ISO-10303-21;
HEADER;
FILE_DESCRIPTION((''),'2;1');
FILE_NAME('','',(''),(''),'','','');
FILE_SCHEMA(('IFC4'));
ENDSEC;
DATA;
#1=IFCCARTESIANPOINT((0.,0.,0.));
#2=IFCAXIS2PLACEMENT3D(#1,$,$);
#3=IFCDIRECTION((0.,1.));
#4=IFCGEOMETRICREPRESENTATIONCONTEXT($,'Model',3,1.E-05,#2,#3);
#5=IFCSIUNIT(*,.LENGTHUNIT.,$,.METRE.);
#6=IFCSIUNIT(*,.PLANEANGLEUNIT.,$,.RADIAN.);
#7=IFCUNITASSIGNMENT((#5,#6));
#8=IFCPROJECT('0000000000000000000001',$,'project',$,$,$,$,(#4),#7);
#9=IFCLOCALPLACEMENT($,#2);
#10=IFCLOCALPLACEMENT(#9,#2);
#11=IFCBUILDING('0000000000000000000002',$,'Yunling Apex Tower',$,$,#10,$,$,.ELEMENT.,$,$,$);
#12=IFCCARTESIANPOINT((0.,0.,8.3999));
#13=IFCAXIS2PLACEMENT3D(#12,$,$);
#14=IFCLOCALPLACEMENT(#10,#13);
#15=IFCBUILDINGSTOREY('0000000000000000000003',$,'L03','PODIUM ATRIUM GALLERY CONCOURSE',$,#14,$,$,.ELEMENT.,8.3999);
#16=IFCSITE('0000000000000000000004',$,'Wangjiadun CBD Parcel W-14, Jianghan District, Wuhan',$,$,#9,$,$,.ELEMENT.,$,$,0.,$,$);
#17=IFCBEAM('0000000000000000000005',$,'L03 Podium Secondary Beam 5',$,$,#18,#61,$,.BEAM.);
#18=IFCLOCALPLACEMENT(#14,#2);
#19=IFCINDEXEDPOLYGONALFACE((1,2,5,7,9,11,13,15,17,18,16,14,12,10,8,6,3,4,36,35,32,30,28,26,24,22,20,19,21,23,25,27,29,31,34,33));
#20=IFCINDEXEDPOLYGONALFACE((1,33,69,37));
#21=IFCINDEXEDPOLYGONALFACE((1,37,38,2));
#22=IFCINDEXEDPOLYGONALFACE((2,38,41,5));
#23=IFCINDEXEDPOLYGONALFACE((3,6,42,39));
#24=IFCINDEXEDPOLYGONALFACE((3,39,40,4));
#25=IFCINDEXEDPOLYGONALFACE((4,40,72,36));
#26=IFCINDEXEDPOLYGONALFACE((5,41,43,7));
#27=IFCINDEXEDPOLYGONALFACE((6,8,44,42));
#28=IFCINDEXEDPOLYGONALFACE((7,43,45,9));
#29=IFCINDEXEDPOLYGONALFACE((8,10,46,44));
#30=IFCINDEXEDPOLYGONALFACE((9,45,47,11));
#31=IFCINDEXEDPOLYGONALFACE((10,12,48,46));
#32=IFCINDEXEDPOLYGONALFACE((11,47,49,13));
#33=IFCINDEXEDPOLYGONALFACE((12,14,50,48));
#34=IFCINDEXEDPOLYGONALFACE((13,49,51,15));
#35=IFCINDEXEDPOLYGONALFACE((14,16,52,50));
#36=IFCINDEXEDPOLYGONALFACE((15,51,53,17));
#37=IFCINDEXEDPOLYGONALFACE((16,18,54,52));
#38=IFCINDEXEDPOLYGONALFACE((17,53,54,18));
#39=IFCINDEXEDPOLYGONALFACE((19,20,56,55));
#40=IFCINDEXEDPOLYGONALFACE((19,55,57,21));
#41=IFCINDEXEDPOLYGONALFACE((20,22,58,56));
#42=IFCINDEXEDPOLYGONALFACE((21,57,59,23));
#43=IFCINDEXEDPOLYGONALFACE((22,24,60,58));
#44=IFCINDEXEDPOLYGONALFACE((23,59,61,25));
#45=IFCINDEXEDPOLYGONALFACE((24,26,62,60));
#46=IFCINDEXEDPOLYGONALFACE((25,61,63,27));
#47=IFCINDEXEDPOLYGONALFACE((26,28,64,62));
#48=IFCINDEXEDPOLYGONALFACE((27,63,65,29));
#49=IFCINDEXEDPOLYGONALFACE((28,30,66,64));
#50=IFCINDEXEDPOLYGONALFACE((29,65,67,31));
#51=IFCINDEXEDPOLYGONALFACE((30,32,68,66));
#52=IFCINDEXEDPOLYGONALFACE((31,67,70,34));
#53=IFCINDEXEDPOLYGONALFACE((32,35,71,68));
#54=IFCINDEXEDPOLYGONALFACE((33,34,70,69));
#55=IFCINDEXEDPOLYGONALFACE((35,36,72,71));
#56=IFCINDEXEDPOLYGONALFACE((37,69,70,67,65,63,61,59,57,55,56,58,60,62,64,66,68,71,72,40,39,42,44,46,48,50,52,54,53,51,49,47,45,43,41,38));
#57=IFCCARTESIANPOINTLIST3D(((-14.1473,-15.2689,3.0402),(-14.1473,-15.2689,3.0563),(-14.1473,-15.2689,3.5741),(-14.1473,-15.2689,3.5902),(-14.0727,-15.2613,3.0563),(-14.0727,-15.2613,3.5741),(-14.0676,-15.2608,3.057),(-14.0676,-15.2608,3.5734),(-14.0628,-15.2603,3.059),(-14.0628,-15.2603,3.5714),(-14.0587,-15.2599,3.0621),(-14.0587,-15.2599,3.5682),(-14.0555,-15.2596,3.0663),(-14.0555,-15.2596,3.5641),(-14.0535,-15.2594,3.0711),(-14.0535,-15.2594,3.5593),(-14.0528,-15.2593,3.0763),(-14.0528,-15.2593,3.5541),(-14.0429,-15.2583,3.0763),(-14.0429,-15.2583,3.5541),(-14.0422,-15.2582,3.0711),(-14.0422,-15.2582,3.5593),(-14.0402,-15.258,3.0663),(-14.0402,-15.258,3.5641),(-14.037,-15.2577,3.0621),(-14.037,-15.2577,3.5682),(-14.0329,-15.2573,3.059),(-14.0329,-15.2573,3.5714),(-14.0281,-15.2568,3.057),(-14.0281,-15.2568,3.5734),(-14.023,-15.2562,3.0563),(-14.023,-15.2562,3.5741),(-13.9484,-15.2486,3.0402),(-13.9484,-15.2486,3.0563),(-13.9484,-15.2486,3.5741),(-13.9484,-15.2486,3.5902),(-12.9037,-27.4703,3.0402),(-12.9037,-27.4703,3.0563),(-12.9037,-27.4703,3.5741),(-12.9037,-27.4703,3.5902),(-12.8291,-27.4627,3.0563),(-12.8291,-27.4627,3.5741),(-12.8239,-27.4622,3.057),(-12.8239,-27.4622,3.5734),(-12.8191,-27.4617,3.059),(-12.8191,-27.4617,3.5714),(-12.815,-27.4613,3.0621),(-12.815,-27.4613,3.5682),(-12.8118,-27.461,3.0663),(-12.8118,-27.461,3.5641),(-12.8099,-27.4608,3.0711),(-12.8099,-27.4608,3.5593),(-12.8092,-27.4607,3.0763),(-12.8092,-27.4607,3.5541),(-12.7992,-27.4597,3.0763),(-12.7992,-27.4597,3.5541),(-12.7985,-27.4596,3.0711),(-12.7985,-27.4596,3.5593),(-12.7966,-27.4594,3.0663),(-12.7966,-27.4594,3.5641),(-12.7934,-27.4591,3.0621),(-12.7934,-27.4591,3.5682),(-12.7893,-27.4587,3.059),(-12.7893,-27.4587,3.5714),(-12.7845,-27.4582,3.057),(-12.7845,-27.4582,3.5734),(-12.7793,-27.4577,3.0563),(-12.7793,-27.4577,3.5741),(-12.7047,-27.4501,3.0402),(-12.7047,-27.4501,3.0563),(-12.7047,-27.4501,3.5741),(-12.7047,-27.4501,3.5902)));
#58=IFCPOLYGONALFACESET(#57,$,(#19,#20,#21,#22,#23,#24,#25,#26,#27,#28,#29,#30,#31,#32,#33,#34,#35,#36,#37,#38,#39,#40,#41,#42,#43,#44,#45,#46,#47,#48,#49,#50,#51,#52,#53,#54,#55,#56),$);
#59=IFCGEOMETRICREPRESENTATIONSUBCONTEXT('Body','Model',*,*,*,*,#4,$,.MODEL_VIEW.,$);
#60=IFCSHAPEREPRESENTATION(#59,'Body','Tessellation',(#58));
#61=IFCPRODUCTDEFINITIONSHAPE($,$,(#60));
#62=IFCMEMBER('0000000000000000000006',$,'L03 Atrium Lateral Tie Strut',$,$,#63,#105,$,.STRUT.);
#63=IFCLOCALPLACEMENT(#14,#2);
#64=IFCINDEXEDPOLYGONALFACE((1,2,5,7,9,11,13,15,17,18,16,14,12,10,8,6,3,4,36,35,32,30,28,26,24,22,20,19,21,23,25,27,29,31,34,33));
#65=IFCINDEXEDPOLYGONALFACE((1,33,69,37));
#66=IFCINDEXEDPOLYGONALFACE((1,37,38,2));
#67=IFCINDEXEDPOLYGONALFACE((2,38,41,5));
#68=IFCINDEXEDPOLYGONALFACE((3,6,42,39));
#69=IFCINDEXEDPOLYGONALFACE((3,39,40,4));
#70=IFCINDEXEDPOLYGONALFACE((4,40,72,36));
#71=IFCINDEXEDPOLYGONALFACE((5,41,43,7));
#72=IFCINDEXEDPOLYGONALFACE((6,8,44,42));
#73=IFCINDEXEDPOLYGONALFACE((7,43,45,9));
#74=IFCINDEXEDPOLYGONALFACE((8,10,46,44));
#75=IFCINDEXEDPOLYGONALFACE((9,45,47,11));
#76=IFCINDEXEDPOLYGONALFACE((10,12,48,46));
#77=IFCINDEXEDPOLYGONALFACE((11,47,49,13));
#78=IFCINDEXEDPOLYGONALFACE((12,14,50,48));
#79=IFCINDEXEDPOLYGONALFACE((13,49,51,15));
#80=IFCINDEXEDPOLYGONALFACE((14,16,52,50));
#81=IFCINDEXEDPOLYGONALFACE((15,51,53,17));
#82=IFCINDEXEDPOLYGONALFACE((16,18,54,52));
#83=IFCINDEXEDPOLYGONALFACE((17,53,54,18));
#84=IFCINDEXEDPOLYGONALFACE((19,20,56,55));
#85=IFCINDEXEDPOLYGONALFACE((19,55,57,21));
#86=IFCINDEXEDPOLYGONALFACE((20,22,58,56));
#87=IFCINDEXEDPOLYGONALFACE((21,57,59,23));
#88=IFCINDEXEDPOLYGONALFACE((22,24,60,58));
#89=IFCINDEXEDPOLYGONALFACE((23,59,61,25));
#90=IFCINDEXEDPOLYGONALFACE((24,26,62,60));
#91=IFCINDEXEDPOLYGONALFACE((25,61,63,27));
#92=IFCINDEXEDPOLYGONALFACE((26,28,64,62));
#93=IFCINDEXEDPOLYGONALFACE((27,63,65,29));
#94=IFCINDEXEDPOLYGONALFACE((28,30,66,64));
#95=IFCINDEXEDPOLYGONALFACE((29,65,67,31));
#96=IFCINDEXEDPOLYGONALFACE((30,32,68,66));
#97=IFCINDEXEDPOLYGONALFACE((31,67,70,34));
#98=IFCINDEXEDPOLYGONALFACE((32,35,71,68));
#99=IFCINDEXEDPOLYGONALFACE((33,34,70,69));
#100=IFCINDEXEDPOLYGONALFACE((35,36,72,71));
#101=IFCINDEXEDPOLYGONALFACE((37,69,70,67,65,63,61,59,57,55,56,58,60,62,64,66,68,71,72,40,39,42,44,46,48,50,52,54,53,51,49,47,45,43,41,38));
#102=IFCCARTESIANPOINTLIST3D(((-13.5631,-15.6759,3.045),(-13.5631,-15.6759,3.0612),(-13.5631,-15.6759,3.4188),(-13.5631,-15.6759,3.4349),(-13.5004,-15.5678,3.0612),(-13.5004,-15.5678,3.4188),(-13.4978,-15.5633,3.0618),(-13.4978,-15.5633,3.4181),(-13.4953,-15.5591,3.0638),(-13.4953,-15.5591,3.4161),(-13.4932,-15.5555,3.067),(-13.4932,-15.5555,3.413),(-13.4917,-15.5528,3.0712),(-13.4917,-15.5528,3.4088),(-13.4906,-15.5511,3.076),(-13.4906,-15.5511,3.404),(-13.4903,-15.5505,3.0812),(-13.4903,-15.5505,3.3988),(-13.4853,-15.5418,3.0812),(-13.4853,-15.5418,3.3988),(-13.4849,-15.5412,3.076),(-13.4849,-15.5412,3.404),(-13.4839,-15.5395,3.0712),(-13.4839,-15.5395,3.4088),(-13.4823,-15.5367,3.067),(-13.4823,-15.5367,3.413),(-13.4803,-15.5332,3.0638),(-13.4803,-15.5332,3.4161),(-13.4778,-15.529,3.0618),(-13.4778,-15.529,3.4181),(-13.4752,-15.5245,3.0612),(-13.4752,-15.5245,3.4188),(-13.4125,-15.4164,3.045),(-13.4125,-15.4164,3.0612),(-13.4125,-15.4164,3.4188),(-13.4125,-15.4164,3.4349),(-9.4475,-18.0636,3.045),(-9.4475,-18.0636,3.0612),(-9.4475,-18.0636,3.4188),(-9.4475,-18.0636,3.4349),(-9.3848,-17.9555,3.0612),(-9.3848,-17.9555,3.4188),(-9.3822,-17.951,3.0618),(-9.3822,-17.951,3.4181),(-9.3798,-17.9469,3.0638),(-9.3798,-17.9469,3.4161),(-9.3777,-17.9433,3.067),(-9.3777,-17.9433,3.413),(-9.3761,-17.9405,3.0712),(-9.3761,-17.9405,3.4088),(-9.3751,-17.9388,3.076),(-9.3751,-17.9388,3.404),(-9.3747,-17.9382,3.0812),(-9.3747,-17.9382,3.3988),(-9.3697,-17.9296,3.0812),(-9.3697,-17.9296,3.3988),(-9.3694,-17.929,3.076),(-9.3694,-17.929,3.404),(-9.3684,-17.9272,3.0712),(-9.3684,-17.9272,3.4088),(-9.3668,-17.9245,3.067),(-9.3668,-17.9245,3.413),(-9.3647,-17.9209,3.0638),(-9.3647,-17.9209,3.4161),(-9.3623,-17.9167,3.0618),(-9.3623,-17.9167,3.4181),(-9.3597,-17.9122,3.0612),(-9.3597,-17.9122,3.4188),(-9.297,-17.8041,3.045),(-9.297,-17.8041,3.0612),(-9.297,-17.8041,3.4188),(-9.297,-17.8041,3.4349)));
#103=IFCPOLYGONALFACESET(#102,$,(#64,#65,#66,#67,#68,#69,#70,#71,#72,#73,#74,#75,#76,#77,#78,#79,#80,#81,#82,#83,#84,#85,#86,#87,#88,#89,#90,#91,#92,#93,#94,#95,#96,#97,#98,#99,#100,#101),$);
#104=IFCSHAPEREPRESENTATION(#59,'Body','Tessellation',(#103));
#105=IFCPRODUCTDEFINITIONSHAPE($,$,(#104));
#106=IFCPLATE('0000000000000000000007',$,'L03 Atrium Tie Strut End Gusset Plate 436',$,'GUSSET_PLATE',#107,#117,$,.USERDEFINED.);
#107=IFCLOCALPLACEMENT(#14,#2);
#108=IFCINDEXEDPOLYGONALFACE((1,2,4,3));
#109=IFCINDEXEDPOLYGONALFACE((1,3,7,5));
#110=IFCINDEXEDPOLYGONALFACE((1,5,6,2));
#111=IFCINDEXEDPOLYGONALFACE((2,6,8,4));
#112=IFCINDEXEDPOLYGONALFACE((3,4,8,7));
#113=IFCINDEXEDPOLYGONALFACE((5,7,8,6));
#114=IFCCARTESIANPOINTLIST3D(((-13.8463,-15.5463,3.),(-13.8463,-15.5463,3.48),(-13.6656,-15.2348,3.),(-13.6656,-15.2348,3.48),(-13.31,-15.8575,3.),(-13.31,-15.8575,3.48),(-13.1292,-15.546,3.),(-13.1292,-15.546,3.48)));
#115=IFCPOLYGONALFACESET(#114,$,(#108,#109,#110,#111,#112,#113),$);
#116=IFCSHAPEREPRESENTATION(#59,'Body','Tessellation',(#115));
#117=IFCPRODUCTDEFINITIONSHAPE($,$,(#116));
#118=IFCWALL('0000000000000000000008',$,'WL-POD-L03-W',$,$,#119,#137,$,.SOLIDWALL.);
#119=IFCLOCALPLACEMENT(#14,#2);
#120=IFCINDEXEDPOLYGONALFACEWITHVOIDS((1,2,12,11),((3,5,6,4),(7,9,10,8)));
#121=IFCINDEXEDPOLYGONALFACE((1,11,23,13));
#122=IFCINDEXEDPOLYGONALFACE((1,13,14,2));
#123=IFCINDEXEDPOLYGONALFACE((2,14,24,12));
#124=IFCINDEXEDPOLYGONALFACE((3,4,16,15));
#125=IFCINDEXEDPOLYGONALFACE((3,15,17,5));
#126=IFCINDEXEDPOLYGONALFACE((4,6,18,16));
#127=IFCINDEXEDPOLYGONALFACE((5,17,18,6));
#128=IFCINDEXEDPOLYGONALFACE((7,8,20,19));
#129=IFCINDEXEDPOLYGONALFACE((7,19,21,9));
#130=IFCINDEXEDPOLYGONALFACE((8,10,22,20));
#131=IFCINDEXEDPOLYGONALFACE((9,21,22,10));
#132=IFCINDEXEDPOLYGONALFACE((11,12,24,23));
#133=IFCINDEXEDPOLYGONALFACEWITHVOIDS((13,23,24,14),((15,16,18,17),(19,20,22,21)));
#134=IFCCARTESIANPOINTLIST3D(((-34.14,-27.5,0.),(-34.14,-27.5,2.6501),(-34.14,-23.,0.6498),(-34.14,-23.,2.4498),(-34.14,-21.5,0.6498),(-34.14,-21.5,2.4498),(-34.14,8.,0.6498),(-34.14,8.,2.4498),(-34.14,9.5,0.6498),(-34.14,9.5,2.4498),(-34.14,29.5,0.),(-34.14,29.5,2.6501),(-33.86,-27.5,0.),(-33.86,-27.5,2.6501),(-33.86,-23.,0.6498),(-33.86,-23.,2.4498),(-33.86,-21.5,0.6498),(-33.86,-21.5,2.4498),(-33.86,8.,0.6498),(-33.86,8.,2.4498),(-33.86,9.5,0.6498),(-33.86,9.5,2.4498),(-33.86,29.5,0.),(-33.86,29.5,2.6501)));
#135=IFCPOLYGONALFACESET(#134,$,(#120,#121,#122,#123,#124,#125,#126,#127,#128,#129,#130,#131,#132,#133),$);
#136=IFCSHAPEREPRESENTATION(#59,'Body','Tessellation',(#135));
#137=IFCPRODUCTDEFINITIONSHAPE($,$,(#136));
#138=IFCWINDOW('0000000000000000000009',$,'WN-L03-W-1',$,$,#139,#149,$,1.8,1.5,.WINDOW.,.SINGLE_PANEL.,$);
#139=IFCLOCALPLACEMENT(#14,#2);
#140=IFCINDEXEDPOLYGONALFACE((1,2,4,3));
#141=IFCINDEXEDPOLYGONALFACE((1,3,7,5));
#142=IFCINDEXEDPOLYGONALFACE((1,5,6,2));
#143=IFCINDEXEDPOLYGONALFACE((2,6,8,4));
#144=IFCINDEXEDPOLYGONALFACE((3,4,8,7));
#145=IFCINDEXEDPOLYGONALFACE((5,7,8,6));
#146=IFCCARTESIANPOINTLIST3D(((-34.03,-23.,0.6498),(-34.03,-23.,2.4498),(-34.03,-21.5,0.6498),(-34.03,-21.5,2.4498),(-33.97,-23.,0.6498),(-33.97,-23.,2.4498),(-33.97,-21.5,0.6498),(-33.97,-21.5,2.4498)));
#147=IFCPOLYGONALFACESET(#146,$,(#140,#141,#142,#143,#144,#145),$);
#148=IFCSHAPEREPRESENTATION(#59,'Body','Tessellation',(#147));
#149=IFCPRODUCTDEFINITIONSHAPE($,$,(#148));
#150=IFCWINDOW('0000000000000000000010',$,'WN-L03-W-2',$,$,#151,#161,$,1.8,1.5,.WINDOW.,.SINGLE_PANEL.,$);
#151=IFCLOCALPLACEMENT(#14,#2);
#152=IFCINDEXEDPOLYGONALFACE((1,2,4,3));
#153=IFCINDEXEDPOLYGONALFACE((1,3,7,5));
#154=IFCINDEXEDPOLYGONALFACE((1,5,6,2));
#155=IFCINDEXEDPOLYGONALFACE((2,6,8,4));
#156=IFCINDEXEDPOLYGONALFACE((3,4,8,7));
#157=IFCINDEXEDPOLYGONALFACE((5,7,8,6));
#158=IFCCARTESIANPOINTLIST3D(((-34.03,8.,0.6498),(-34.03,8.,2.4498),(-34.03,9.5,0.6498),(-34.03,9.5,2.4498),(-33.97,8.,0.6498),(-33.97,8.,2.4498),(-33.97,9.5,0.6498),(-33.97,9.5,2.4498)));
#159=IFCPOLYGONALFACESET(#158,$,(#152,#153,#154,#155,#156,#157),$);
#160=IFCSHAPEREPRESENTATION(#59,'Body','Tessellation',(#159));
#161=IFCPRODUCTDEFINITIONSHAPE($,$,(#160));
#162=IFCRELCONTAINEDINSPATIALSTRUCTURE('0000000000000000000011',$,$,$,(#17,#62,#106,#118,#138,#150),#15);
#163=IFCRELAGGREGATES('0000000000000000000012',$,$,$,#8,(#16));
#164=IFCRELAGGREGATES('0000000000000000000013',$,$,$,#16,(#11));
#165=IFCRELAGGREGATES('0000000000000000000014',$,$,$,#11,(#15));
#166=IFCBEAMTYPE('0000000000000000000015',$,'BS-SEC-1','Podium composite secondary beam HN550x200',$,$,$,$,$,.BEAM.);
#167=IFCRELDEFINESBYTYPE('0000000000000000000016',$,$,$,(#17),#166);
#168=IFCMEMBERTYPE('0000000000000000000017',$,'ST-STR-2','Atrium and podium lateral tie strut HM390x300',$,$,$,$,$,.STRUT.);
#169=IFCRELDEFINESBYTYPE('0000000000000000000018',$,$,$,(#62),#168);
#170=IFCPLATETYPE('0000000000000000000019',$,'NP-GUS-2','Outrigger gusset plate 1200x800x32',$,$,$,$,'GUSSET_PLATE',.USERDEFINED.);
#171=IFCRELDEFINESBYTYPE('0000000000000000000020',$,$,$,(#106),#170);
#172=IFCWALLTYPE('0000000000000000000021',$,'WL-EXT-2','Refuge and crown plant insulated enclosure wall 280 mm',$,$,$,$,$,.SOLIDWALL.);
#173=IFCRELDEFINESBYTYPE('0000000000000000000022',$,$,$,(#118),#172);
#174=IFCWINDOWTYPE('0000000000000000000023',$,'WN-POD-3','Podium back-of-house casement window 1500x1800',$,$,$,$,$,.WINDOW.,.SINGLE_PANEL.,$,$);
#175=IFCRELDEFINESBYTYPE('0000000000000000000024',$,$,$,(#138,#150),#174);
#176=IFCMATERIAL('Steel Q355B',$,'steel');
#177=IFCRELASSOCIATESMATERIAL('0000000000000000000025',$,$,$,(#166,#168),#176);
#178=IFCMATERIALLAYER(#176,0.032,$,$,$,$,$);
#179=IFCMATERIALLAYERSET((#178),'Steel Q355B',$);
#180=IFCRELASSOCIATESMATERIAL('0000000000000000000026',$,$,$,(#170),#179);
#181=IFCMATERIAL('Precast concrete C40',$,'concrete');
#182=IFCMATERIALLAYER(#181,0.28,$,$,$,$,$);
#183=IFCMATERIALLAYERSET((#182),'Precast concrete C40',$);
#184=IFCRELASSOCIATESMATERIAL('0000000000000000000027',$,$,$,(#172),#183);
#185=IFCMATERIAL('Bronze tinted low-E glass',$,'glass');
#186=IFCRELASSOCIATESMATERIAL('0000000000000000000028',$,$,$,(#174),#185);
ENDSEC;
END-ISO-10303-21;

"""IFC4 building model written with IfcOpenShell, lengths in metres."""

from ifc_helpers import new_model, si_unit, direction, frame, frame_2d, origin, origin_2d, place, context, subcontext, project, spatial, rectangle, i_section, extrude, source, transform, mapped, material, layer, layer_set, material_profile, profile_set, type_object, element, fill, save


model = new_model("IFC4")

# Units and contexts
model_context = context("Model", 3, precision=1e-05, world=origin(), true_north=direction((0.0, 1.0)))
body_context = subcontext(model_context, "Body", "Model", "MODEL_VIEW")
ifc_project = project(units=[si_unit("LENGTHUNIT", "METRE"), si_unit("PLANEANGLEUNIT", "RADIAN")], contexts=[model_context])

# Site, building, storey
site_placement = place(None, origin())
site = spatial("IfcSite", under=ifc_project, at=site_placement, Name="Wangjiadun CBD Parcel W-14, Jianghan District, Wuhan", CompositionType="ELEMENT", RefElevation=0.0)
building_placement = place(site_placement, origin())
building = spatial("IfcBuilding", under=site, at=building_placement, Name="Yunling Apex Tower", CompositionType="ELEMENT")
storey_placement = place(building_placement, frame((0.0, 0.0, 8.3999)))
storey = spatial("IfcBuildingStorey", under=building, at=storey_placement, Name="L03", Description="PODIUM ATRIUM GALLERY CONCOURSE", CompositionType="ELEMENT", Elevation=8.3999)

# Beam
ifc_material_1 = material(Name="Steel Q355B", Category="steel")
ifc_material_profile_1 = material_profile(ifc_material_1, i_section(OverallWidth=0.2, OverallDepth=0.55, WebThickness=0.01, FlangeThickness=0.0161, FilletRadius=0.02, at=origin_2d()))
ifc_profile_set_1 = profile_set([ifc_material_profile_1], Name="Steel Q355B")
beam_type_1 = type_object("IfcBeamType", Name="BS-SEC-1", Description="Podium composite secondary beam HN550x200", PredefinedType="BEAM", material=ifc_profile_set_1)
shared_shape_1 = source(origin(), body_context, "Body", "SweptSolid", [
    extrude(i_section(OverallWidth=0.2, OverallDepth=0.55, WebThickness=0.01, FlangeThickness=0.0161, FilletRadius=0.02, at=origin_2d()), origin(), (0.0, 0.0, 1.0), 12.2646),
])
beam_1_placement = place(storey_placement, frame((-12.8042, -27.4602, 3.3152), z_axis=(-0.101402, 0.994846, 0.0), x_axis=(-0.994846, -0.101402, 0.0)))
element("IfcBeam", 1, at=beam_1_placement, inside=storey, type_object=beam_type_1, Name="L03 Podium Secondary Beam 5", PredefinedType="BEAM", context=body_context, shape_type="MappedRepresentation", body=[
    mapped(shared_shape_1, transform((0.0, 0.0, 0.0), scale=1.0)),
])

# Member
ifc_material_profile_2 = material_profile(ifc_material_1, i_section(OverallWidth=0.3, OverallDepth=0.3899, WebThickness=0.01, FlangeThickness=0.0161, FilletRadius=0.02, at=origin_2d()))
ifc_profile_set_2 = profile_set([ifc_material_profile_2], Name="Steel Q355B")
member_type = type_object("IfcMemberType", Name="ST-STR-2", Description="Atrium and podium lateral tie strut HM390x300", PredefinedType="STRUT", material=ifc_profile_set_2)
shared_shape_2 = source(origin(), body_context, "Body", "SweptSolid", [
    extrude(i_section(OverallWidth=0.3, OverallDepth=0.3899, WebThickness=0.01, FlangeThickness=0.0161, FilletRadius=0.02, at=origin_2d()), origin(), (0.0, 0.0, 1.0), 4.7581),
])
member_placement = place(storey_placement, frame((-13.4878, -15.5461, 3.24), z_axis=(0.864966, -0.501831, 0.0), x_axis=(0.501831, 0.864966, 0.0)))
element("IfcMember", 2, at=member_placement, inside=storey, type_object=member_type, Name="L03 Atrium Lateral Tie Strut", PredefinedType="STRUT", context=body_context, shape_type="MappedRepresentation", body=[
    mapped(shared_shape_2, transform((0.0, 0.0, 0.0), scale=1.0)),
])

# Plate
ifc_layer_1 = layer(ifc_material_1, 0.032)
ifc_layer_set_1 = layer_set([ifc_layer_1], Name="Steel Q355B")
plate_type = type_object("IfcPlateType", Name="NP-GUS-2", Description="Outrigger gusset plate 1200x800x32", ElementType="GUSSET_PLATE", PredefinedType="USERDEFINED", material=ifc_layer_set_1)
shared_shape_3 = source(origin(), body_context, "Body", "SweptSolid", [
    extrude(rectangle(XDim=0.6201, YDim=0.3601, at=origin_2d()), origin(), (0.0, 0.0, 1.0), 0.48),
])
plate_placement = place(storey_placement, frame((-13.4878, -15.5461, 3.0), z_axis=(0.0, 0.0, 1.0), x_axis=(0.864976, -0.501813, 0.0)))
element("IfcPlate", 3, at=plate_placement, inside=storey, type_object=plate_type, Name="L03 Atrium Tie Strut End Gusset Plate 436", ObjectType="GUSSET_PLATE", PredefinedType="USERDEFINED", context=body_context, shape_type="MappedRepresentation", body=[
    mapped(shared_shape_3, transform((0.0, 0.0, 0.0), scale=1.0)),
])

# Wall, openings, windows
ifc_material_2 = material(Name="Precast concrete C40", Category="concrete")
ifc_layer_2 = layer(ifc_material_2, 0.28)
ifc_layer_set_2 = layer_set([ifc_layer_2], Name="Precast concrete C40")
wall_type_1 = type_object("IfcWallType", Name="WL-EXT-2", Description="Refuge and crown plant insulated enclosure wall 280 mm", PredefinedType="SOLIDWALL", material=ifc_layer_set_2)
wall_1_placement = place(storey_placement, frame((-34.0, -27.5, 0.0), z_axis=(0.0, 0.0, 1.0), x_axis=(0.0, 1.0, 0.0)))
wall_1 = element("IfcWall", 4, at=wall_1_placement, inside=storey, type_object=wall_type_1, Name="WL-POD-L03-W", PredefinedType="SOLIDWALL", context=body_context, shape_type="SweptSolid", body=[
    extrude(rectangle(XDim=57.0, YDim=0.28, at=frame_2d((28.5, 0.0))), origin(), (0.0, 0.0, 1.0), 2.6501),
])
opening_1_placement = place(wall_1_placement, frame((4.5, 0.0, 0.6499)))
opening_1 = element("IfcOpeningElement", 5, at=opening_1_placement, cuts=wall_1, PredefinedType="OPENING", context=body_context, shape_type="SweptSolid", body=[
    extrude(rectangle(XDim=1.5, YDim=1.8, at=frame_2d((0.75, 0.8999))), frame((0.0, 0.1499, 0.0), z_axis=(0.0, -1.0, 0.0), x_axis=(1.0, 0.0, 0.0)), (0.0, 0.0, 1.0), 0.3),
])
opening_2_placement = place(wall_1_placement, frame((35.5, 0.0, 0.6499)))
opening_2 = element("IfcOpeningElement", 6, at=opening_2_placement, cuts=wall_1, PredefinedType="OPENING", context=body_context, shape_type="SweptSolid", body=[
    extrude(rectangle(XDim=1.5, YDim=1.8, at=frame_2d((0.75, 0.8999))), frame((0.0, 0.1499, 0.0), z_axis=(0.0, -1.0, 0.0), x_axis=(1.0, 0.0, 0.0)), (0.0, 0.0, 1.0), 0.3),
])
ifc_material_3 = material(Name="Bronze tinted low-E glass", Category="glass")
window_type = type_object("IfcWindowType", Name="WN-POD-3", Description="Podium back-of-house casement window 1500x1800", PartitioningType="SINGLE_PANEL", PredefinedType="WINDOW", material=ifc_material_3)
window_1_placement = place(opening_1_placement, origin())
window_1 = element("IfcWindow", 7, at=window_1_placement, inside=storey, type_object=window_type, Name="WN-L03-W-1", OverallHeight=1.8, OverallWidth=1.5, PartitioningType="SINGLE_PANEL", PredefinedType="WINDOW", context=body_context, shape_type="SweptSolid", body=[
    extrude(rectangle(XDim=1.5, YDim=1.8, at=frame_2d((0.75, 0.8999))), frame((0.0, 0.03, 0.0), z_axis=(0.0, -1.0, 0.0), x_axis=(1.0, 0.0, 0.0)), (0.0, 0.0, 1.0), 0.0601),
])
fill(opening_1, window_1)
window_2_placement = place(opening_2_placement, origin())
window_2 = element("IfcWindow", 8, at=window_2_placement, inside=storey, type_object=window_type, Name="WN-L03-W-2", OverallHeight=1.8, OverallWidth=1.5, PartitioningType="SINGLE_PANEL", PredefinedType="WINDOW", context=body_context, shape_type="SweptSolid", body=[
    extrude(rectangle(XDim=1.5, YDim=1.8, at=frame_2d((0.75, 0.8999))), frame((0.0, 0.03, 0.0), z_axis=(0.0, -1.0, 0.0), x_axis=(1.0, 0.0, 0.0)), (0.0, 0.0, 1.0), 0.0601),
])
fill(opening_2, window_2)

save(model, "model.ifc")
